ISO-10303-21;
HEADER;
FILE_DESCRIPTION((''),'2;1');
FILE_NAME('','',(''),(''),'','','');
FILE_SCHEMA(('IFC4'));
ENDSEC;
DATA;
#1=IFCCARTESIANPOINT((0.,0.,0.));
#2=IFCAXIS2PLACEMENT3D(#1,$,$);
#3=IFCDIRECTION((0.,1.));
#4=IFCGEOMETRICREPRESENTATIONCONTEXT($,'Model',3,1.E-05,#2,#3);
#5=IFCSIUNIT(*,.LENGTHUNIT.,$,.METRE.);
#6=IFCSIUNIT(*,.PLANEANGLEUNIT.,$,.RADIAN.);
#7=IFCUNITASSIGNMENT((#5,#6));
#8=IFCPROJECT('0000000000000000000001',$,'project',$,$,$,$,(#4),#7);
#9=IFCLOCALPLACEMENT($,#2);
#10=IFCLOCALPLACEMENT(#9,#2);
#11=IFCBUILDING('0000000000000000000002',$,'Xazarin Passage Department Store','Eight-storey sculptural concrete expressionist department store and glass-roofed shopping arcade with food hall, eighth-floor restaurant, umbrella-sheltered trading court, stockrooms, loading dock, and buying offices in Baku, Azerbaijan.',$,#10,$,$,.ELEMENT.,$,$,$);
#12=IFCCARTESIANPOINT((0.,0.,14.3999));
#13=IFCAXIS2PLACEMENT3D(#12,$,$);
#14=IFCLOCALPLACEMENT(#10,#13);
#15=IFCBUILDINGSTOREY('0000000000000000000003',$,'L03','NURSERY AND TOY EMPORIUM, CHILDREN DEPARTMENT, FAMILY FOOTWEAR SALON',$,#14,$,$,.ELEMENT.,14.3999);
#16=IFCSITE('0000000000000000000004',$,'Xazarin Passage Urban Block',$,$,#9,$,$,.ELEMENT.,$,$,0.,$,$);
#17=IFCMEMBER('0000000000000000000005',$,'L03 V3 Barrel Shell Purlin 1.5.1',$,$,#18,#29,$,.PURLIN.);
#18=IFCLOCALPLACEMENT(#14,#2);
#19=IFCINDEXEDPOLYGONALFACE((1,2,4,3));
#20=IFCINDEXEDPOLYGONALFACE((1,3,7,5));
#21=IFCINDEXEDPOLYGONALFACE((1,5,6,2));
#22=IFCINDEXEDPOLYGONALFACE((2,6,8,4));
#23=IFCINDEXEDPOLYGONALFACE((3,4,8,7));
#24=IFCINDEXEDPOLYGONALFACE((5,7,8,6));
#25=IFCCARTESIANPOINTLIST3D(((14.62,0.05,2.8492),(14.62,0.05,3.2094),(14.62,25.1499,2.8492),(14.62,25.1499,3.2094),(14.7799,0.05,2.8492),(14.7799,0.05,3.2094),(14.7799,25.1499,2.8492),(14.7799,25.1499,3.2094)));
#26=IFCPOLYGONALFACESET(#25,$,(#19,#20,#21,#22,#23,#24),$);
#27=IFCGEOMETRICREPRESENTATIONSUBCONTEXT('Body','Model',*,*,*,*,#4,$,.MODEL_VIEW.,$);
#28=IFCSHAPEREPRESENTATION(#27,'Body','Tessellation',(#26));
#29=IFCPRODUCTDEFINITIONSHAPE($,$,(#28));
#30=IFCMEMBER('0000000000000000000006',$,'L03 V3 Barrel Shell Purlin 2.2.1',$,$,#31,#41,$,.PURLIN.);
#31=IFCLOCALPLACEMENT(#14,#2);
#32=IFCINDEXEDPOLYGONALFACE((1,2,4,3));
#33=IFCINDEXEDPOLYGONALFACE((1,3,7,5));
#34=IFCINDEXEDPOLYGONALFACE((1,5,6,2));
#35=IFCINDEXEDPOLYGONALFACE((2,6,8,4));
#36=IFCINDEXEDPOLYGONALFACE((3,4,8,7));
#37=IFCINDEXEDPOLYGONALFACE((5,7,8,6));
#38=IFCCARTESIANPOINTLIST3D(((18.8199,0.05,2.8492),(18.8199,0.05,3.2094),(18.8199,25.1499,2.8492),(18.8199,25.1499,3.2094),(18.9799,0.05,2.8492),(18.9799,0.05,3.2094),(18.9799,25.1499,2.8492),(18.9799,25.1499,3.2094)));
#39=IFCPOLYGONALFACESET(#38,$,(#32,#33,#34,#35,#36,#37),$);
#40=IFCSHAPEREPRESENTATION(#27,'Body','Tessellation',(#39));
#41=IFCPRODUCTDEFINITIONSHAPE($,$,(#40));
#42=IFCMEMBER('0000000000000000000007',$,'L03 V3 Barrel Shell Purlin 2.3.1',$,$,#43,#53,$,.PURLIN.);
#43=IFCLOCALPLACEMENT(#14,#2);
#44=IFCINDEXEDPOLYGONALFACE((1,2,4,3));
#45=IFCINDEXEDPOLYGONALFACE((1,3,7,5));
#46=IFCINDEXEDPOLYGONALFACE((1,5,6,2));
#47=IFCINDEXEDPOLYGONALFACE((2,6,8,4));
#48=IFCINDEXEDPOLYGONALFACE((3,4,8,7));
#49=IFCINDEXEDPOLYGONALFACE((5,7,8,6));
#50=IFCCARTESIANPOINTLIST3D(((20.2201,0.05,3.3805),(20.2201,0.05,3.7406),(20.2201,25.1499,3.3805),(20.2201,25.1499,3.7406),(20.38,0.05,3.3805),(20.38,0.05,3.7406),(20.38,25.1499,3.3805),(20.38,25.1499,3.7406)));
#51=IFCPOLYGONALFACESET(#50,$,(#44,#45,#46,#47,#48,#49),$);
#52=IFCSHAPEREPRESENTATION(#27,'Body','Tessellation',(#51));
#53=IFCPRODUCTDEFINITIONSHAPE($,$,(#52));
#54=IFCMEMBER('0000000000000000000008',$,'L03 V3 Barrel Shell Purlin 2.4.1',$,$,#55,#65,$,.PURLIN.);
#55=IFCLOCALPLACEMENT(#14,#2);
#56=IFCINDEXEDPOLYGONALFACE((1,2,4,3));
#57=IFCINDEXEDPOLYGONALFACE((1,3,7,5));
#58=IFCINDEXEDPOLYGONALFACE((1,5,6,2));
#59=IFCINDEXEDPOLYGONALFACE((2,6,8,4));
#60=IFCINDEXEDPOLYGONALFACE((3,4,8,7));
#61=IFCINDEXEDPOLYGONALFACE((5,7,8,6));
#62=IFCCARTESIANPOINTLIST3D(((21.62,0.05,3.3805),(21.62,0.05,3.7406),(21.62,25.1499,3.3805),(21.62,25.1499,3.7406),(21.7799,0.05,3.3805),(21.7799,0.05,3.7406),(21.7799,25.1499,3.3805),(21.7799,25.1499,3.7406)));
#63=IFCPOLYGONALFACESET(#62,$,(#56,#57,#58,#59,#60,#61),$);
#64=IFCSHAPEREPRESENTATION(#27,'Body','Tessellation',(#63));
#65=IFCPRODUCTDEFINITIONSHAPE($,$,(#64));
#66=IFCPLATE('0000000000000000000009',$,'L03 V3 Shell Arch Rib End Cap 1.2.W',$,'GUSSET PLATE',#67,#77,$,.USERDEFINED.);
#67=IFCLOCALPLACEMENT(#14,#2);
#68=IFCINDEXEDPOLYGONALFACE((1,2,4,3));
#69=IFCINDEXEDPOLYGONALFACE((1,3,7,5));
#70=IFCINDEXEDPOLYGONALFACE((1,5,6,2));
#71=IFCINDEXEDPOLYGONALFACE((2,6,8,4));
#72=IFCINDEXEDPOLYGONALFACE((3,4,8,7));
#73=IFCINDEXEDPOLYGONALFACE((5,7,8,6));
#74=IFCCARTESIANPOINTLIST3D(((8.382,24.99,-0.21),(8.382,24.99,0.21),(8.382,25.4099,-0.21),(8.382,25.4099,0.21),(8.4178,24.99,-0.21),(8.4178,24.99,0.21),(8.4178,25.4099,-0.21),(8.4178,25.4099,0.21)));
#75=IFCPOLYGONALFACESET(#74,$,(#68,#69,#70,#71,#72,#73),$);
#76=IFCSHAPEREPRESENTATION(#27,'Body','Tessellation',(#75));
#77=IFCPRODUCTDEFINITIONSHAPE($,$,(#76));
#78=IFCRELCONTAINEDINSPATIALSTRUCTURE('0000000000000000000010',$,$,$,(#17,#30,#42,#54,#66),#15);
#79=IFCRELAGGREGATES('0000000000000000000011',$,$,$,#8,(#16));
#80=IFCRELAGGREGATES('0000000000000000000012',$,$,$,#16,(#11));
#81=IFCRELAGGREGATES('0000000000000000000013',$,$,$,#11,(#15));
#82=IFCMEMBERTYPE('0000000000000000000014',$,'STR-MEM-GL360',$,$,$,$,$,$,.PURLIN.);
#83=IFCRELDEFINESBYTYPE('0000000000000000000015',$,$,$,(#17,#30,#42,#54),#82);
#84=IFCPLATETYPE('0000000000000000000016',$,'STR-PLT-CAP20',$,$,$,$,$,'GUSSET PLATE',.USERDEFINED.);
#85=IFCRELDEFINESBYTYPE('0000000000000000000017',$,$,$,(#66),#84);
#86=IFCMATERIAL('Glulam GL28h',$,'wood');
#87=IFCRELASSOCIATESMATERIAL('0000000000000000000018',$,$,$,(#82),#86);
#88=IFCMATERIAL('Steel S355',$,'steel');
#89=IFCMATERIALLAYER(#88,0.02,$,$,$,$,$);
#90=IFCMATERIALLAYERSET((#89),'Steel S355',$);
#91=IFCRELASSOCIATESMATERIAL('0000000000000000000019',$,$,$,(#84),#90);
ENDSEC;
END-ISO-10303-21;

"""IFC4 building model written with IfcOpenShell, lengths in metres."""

from ifc_helpers import new_model, si_unit, direction, frame, origin, origin_2d, place, context, subcontext, project, spatial, rectangle, extrude, material, layer, layer_set, material_profile, profile_set, type_object, element, save


model = new_model("IFC4")

# Units and contexts
model_context = context("Model", 3, precision=1e-05, world=origin(), true_north=direction((0.0, 1.0)))
body_context = subcontext(model_context, "Body", "Model", "MODEL_VIEW")
ifc_project = project(units=[si_unit("LENGTHUNIT", "METRE"), si_unit("PLANEANGLEUNIT", "RADIAN")], contexts=[model_context])

# Site, building, storey
site_placement = place(None, origin())
site = spatial("IfcSite", under=ifc_project, at=site_placement, Name="Xazarin Passage Urban Block", CompositionType="ELEMENT", RefElevation=0.0)
building_placement = place(site_placement, origin())
building = spatial("IfcBuilding", under=site, at=building_placement, Name="Xazarin Passage Department Store", Description="Eight-storey sculptural concrete expressionist department store and glass-roofed shopping arcade with food hall, eighth-floor restaurant, umbrella-sheltered trading court, stockrooms, loading dock, and buying offices in Baku, Azerbaijan.", CompositionType="ELEMENT")
storey_placement = place(building_placement, frame((0.0, 0.0, 14.3999)))
storey = spatial("IfcBuildingStorey", under=building, at=storey_placement, Name="L03", Description="NURSERY AND TOY EMPORIUM, CHILDREN DEPARTMENT, FAMILY FOOTWEAR SALON", CompositionType="ELEMENT", Elevation=14.3999)

# Shared definitions
ifc_material_1 = material(Name="Steel S355", Category="steel")

# Members
ifc_material_2 = material(Name="Glulam GL28h", Category="wood")
ifc_material_profile_1 = material_profile(ifc_material_2, rectangle(XDim=0.1599, YDim=0.3601, at=origin_2d()), Name="GL28h 160x360")
ifc_profile_set_1 = profile_set([ifc_material_profile_1], Name="Glulam GL28h")
member_type = type_object("IfcMemberType", Name="STR-MEM-GL360", PredefinedType="PURLIN", material=ifc_profile_set_1)
for number, where, z_axis, x_axis, name in (
    (1, (14.7, 0.05, 3.0293), (0.0, 1.0, 0.0), (-1.0, 0.0, 0.0), "L03 V3 Barrel Shell Purlin 1.5.1"),
    (2, (18.8999, 0.05, 3.0293), (0.0, 1.0, 0.0), (-1.0, 0.0, 0.0), "L03 V3 Barrel Shell Purlin 2.2.1"),
    (3, (20.3, 0.05, 3.5605), (0.0, 1.0, 0.0), (-1.0, 0.0, 0.0), "L03 V3 Barrel Shell Purlin 2.3.1"),
    (4, (21.7, 0.05, 3.5605), (0.0, 1.0, 0.0), (-1.0, 0.0, 0.0), "L03 V3 Barrel Shell Purlin 2.4.1"),
):
    element("IfcMember", number, at=place(storey_placement, frame(where, z_axis=z_axis, x_axis=x_axis)), inside=storey, type_object=member_type, Name=name, PredefinedType="PURLIN", context=body_context, shape_type="SweptSolid", body=[
        extrude(rectangle(XDim=0.1599, YDim=0.3601, at=origin_2d()), origin(), (0.0, 0.0, 1.0), 25.0999),
    ])

# Plate
ifc_layer = layer(ifc_material_1, 0.02)
ifc_layer_set = layer_set([ifc_layer], Name="Steel S355")
plate_type = type_object("IfcPlateType", Name="STR-PLT-CAP20", ElementType="GUSSET PLATE", PredefinedType="USERDEFINED", material=ifc_layer_set)
plate_placement = place(storey_placement, frame((8.3999, 25.2, -0.21), z_axis=(0.0, 0.0, 1.0), x_axis=(1.0, 0.0, 0.0)))
element("IfcPlate", 5, at=plate_placement, inside=storey, type_object=plate_type, Name="L03 V3 Shell Arch Rib End Cap 1.2.W", ObjectType="GUSSET PLATE", PredefinedType="USERDEFINED", context=body_context, shape_type="SweptSolid", body=[
    extrude(rectangle(XDim=0.0359, YDim=0.4199, at=origin_2d()), origin(), (0.0, 0.0, 1.0), 0.4199),
])

save(model, "model.ifc")
